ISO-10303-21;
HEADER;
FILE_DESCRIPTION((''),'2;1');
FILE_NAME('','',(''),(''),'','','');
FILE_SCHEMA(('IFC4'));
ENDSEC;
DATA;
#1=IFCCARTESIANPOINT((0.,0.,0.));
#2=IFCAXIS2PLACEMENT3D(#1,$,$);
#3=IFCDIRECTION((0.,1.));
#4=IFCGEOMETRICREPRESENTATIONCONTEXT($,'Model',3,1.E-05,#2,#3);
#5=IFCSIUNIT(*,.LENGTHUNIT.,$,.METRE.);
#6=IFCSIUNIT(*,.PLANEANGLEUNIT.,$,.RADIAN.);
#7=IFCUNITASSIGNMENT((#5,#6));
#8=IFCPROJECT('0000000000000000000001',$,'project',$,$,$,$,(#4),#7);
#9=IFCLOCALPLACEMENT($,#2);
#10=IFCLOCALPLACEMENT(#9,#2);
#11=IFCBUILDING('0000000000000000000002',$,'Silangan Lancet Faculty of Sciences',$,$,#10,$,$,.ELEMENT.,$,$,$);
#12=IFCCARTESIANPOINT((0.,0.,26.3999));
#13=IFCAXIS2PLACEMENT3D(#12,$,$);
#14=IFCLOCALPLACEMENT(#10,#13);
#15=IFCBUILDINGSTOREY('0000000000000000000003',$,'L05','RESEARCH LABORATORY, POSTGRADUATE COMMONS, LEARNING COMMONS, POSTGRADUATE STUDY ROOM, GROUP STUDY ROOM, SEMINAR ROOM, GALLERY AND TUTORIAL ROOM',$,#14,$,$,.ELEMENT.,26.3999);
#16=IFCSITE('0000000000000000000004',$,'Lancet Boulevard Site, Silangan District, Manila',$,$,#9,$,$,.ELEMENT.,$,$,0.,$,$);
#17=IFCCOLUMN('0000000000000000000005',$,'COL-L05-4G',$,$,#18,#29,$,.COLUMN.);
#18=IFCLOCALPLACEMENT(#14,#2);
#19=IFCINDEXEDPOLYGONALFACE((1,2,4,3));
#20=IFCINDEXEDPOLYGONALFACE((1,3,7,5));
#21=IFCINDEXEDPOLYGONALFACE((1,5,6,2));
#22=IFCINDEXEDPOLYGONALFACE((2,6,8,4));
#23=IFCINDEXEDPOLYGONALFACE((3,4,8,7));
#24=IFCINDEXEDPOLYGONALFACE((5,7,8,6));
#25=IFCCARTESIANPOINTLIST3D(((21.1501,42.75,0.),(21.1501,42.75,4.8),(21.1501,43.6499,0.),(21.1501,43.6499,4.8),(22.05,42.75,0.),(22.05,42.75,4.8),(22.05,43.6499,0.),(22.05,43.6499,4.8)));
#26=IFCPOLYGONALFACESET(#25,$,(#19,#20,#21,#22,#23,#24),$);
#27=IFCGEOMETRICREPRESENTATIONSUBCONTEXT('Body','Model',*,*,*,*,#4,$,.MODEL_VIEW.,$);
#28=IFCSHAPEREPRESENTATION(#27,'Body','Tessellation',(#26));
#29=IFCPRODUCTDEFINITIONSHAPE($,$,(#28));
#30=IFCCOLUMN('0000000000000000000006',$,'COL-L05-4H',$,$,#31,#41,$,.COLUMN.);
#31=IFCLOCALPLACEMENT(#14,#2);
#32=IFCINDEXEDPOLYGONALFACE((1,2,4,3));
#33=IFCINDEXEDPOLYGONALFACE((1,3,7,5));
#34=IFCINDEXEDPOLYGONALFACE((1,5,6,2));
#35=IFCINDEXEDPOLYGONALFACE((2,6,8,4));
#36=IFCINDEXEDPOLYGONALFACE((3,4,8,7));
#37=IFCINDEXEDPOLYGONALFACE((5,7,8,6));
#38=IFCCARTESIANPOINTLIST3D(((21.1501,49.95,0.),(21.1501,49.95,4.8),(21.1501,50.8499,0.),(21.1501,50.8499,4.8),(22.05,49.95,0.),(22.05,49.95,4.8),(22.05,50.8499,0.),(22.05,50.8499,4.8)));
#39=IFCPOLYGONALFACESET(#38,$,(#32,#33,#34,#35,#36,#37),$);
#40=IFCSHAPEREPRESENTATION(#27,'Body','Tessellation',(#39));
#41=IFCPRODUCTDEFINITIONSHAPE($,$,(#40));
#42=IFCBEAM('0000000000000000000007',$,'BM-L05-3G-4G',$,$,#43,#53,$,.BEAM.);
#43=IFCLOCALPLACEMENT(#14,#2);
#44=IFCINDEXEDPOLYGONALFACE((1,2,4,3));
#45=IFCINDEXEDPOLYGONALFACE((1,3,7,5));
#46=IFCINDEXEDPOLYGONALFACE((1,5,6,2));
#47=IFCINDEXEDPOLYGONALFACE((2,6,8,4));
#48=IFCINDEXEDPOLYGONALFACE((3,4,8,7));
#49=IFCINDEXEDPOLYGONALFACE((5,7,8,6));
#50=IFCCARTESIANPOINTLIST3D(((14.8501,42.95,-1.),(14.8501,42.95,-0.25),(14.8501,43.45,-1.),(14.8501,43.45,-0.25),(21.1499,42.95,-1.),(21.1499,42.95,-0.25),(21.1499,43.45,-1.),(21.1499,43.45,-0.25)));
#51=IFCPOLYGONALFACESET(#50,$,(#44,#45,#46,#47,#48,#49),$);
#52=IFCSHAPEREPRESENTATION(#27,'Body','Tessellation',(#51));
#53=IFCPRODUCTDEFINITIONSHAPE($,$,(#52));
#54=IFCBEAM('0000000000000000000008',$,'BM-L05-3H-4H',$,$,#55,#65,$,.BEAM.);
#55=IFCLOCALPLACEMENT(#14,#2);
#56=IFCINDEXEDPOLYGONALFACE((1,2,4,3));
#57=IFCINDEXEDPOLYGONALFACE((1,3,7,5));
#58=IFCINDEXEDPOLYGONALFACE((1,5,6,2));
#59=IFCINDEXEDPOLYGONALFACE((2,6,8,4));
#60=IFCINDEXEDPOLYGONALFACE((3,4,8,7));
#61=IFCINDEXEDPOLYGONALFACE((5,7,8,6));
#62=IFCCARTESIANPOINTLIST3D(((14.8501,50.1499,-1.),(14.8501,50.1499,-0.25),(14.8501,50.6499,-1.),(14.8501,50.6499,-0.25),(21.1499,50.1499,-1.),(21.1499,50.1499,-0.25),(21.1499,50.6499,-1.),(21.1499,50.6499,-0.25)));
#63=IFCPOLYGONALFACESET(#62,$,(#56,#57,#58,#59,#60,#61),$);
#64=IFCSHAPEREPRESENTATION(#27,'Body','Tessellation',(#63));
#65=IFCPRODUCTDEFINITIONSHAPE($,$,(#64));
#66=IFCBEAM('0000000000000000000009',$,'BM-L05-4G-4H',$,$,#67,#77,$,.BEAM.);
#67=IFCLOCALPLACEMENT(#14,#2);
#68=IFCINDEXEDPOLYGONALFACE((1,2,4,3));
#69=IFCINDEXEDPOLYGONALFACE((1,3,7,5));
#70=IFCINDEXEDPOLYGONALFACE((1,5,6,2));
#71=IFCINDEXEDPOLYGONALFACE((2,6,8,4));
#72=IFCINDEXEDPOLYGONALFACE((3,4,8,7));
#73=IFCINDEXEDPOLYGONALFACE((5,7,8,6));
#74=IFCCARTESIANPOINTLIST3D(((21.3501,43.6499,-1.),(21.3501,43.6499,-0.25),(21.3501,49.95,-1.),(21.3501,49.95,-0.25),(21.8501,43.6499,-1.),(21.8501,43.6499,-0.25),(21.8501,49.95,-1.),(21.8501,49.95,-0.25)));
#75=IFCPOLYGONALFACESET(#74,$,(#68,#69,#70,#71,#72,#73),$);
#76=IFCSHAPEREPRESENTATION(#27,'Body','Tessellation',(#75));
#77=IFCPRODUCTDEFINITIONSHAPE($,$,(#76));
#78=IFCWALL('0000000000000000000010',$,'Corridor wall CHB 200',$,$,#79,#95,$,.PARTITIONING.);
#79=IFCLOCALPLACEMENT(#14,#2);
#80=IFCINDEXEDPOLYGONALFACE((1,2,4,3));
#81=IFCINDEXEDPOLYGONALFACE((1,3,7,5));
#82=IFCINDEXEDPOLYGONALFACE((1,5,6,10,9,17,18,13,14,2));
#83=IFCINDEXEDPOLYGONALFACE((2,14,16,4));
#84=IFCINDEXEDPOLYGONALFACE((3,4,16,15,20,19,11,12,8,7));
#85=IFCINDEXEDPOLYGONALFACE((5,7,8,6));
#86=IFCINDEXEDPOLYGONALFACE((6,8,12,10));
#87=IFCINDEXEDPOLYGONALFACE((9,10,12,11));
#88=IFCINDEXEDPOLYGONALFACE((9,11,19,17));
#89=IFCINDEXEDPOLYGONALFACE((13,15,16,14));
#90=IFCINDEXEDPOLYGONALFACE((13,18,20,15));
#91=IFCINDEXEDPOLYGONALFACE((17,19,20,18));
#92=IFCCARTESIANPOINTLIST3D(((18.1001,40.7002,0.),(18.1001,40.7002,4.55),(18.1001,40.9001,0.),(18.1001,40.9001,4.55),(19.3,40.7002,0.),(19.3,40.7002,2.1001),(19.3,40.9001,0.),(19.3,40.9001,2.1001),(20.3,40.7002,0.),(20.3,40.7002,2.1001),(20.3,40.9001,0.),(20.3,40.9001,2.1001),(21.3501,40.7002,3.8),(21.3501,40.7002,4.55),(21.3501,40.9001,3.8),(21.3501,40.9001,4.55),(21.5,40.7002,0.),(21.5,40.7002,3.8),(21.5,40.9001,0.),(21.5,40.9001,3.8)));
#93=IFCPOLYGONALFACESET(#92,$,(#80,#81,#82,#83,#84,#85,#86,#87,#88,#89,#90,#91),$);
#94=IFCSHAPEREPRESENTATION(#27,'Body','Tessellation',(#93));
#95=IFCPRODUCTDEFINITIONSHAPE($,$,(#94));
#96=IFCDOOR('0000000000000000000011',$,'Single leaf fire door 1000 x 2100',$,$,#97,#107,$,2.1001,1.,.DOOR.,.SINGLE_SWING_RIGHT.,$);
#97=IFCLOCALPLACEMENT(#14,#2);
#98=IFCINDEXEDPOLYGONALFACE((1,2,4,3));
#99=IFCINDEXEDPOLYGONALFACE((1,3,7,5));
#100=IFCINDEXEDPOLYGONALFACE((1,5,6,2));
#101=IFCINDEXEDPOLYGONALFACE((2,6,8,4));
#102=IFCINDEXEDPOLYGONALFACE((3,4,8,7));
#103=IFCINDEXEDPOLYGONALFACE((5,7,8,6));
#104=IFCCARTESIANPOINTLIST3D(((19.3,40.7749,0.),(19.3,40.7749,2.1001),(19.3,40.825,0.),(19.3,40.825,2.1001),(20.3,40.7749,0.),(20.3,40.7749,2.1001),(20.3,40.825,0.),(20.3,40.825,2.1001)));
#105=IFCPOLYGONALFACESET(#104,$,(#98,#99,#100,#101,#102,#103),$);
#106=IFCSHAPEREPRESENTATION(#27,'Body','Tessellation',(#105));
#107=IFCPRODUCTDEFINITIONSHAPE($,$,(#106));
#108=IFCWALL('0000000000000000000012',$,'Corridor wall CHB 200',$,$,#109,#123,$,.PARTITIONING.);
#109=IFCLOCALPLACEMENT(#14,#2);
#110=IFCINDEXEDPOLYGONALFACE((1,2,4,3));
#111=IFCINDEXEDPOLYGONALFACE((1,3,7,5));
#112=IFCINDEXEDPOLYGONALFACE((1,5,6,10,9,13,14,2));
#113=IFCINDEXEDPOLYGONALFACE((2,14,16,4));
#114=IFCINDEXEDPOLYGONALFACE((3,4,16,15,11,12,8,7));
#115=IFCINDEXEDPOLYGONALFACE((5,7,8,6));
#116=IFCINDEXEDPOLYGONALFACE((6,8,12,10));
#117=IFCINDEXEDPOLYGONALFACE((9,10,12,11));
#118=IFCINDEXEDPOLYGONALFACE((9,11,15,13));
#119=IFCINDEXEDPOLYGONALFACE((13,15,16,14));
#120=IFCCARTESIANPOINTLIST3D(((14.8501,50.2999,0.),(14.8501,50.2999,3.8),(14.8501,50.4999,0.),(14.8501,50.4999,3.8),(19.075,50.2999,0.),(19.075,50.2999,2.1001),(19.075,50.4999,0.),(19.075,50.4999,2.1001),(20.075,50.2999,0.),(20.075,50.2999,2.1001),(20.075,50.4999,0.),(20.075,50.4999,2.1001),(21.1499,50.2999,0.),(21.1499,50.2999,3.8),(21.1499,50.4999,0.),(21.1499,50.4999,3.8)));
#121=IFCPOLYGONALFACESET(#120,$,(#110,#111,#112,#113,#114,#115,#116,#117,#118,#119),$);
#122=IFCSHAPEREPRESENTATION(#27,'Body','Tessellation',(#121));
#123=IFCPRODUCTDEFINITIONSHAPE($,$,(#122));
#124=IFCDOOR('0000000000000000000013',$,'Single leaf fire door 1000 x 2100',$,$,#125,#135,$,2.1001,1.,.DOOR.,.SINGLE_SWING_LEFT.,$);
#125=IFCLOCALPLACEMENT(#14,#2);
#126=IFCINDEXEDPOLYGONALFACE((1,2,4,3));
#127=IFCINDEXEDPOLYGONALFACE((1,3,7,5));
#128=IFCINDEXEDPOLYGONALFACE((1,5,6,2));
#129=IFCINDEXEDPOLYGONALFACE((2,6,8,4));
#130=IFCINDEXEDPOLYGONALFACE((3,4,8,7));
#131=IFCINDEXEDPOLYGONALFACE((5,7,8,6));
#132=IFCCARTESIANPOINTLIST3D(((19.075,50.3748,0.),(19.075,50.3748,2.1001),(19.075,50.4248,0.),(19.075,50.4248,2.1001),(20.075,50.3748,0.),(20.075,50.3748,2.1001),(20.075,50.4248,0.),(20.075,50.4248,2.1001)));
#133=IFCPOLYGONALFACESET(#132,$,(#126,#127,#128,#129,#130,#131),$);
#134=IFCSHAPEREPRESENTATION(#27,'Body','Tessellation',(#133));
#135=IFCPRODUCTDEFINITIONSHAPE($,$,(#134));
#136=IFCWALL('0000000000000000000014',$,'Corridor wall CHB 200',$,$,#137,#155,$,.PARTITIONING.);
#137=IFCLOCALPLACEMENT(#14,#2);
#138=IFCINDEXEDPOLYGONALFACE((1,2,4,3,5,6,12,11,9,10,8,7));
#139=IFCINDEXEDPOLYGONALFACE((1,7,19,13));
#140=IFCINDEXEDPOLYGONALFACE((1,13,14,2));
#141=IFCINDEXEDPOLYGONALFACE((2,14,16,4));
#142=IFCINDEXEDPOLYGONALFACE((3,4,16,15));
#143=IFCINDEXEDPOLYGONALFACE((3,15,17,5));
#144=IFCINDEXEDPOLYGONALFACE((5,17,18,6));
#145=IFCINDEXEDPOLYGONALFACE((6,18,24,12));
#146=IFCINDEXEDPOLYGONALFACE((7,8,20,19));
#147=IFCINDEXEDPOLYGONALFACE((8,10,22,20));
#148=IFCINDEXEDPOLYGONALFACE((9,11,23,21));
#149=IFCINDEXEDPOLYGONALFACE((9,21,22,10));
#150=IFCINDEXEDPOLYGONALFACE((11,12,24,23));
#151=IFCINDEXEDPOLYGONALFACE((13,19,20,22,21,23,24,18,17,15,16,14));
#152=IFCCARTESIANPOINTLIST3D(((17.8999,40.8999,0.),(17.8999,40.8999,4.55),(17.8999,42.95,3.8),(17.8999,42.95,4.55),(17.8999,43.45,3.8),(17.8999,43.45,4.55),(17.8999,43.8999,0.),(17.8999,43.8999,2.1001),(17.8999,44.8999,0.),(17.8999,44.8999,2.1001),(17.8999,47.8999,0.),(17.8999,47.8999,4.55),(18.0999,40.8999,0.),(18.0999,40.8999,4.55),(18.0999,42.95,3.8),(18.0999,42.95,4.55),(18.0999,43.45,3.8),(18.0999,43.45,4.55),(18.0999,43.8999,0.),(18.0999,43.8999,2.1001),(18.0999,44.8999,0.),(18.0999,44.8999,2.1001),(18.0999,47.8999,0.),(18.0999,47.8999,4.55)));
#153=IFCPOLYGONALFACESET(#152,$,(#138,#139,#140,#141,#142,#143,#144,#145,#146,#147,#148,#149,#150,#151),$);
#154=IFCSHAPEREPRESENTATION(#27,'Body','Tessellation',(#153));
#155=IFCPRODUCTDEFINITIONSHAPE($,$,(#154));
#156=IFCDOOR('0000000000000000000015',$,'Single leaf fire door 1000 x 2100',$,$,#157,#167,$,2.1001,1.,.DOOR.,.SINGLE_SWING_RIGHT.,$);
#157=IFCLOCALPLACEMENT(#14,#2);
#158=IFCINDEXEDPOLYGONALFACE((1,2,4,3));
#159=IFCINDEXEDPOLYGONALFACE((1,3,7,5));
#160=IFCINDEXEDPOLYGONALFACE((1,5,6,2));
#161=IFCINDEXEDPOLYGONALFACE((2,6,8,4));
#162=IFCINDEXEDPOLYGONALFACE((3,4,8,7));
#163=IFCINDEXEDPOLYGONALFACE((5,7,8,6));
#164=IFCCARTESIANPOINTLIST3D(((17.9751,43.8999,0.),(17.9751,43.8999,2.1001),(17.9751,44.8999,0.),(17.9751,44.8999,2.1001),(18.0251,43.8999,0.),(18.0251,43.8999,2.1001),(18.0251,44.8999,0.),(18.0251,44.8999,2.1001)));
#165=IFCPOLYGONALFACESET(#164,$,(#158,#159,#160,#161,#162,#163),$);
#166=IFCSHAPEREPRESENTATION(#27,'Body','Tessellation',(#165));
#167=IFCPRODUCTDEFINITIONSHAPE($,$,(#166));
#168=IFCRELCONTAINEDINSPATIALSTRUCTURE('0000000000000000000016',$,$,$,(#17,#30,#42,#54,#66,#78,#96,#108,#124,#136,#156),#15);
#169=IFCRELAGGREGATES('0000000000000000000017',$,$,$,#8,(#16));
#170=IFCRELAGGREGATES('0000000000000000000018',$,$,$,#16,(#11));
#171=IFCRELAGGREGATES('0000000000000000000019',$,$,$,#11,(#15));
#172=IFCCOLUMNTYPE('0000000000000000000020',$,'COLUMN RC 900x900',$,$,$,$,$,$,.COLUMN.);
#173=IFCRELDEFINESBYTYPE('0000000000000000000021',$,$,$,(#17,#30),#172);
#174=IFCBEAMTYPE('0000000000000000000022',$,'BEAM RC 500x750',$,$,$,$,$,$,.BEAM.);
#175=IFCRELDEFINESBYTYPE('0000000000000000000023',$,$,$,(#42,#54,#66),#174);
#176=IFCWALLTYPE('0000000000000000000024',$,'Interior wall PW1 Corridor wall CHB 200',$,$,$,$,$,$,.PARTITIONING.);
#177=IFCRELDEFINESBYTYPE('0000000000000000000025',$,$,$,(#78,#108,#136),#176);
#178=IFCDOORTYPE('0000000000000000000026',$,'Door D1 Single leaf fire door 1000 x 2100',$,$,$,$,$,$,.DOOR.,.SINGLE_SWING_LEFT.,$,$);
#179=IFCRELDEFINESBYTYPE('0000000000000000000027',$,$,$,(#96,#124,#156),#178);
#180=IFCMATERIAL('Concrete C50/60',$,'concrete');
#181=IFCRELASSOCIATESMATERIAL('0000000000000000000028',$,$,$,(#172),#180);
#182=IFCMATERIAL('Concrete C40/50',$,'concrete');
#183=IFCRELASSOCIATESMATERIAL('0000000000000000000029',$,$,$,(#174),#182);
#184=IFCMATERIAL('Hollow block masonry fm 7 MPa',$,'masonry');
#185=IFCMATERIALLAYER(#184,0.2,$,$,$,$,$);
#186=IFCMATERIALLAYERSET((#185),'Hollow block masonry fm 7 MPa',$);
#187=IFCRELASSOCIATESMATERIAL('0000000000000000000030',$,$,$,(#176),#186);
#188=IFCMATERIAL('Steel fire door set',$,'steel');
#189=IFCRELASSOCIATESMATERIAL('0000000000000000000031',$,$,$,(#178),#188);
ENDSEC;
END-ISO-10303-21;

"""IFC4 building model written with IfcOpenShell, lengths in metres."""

from ifc_helpers import new_model, si_unit, direction, frame, frame_2d, origin, origin_2d, place, context, subcontext, project, spatial, polyline, rectangle, outline, extrude, material, layer, layer_set, material_profile, profile_set, type_object, element, fill, save


model = new_model("IFC4")

# Units and contexts
model_context = context("Model", 3, precision=1e-05, world=origin(), true_north=direction((0.0, 1.0)))
body_context = subcontext(model_context, "Body", "Model", "MODEL_VIEW")
ifc_project = project(units=[si_unit("LENGTHUNIT", "METRE"), si_unit("PLANEANGLEUNIT", "RADIAN")], contexts=[model_context])

# Site, building, storey
site_placement = place(None, origin())
site = spatial("IfcSite", under=ifc_project, at=site_placement, Name="Lancet Boulevard Site, Silangan District, Manila", CompositionType="ELEMENT", RefElevation=0.0)
building_placement = place(site_placement, origin())
building = spatial("IfcBuilding", under=site, at=building_placement, Name="Silangan Lancet Faculty of Sciences", CompositionType="ELEMENT")
storey_placement = place(building_placement, frame((0.0, 0.0, 26.3999)))
storey = spatial("IfcBuildingStorey", under=building, at=storey_placement, Name="L05", Description="RESEARCH LABORATORY, POSTGRADUATE COMMONS, LEARNING COMMONS, POSTGRADUATE STUDY ROOM, GROUP STUDY ROOM, SEMINAR ROOM, GALLERY AND TUTORIAL ROOM", CompositionType="ELEMENT", Elevation=26.3999)

# Columns
ifc_material_1 = material(Name="Concrete C50/60", Category="concrete")
ifc_material_profile_1 = material_profile(ifc_material_1, rectangle(XDim=0.8999, YDim=0.8999, at=origin_2d()), Name="RC 900x900")
ifc_profile_set_1 = profile_set([ifc_material_profile_1], Name="Concrete C50/60")
column_type = type_object("IfcColumnType", Name="COLUMN RC 900x900", PredefinedType="COLUMN", material=ifc_profile_set_1)
for number, where, z_axis, x_axis, name in (
    (1, (21.6001, 43.2, 0.0), (0.0, 0.0, 1.0), (1.0, 0.0, 0.0), "COL-L05-4G"),
    (2, (21.6001, 50.3999, 0.0), (0.0, 0.0, 1.0), (1.0, 0.0, 0.0), "COL-L05-4H"),
):
    element("IfcColumn", number, at=place(storey_placement, frame(where, z_axis=z_axis, x_axis=x_axis)), inside=storey, type_object=column_type, Name=name, PredefinedType="COLUMN", context=body_context, shape_type="SweptSolid", body=[
        extrude(rectangle(XDim=0.8999, YDim=0.8999, at=origin_2d()), origin(), (0.0, 0.0, 1.0), 4.8),
    ])

# Beams
ifc_material_2 = material(Name="Concrete C40/50", Category="concrete")
ifc_material_profile_2 = material_profile(ifc_material_2, rectangle(XDim=0.5, YDim=0.75, at=origin_2d()), Name="RC 500x750")
ifc_profile_set_2 = profile_set([ifc_material_profile_2], Name="Concrete C40/50")
beam_type = type_object("IfcBeamType", Name="BEAM RC 500x750", PredefinedType="BEAM", material=ifc_profile_set_2)
for number, where, z_axis, x_axis, name in (
    (3, (14.8501, 43.2, -0.625), (1.0, 0.0, 0.0), (0.0, 1.0, 0.0), "BM-L05-3G-4G"),
    (4, (14.8501, 50.3999, -0.625), (1.0, 0.0, 0.0), (0.0, 1.0, 0.0), "BM-L05-3H-4H"),
):
    element("IfcBeam", number, at=place(storey_placement, frame(where, z_axis=z_axis, x_axis=x_axis)), inside=storey, type_object=beam_type, Name=name, PredefinedType="BEAM", context=body_context, shape_type="SweptSolid", body=[
        extrude(rectangle(XDim=0.5, YDim=0.75, at=origin_2d()), origin(), (0.0, 0.0, 1.0), 6.2998),
    ])
beam_placement = place(storey_placement, frame((21.6001, 43.6499, -0.625), z_axis=(0.0, 1.0, 0.0), x_axis=(-1.0, 0.0, 0.0)))
element("IfcBeam", 5, at=beam_placement, inside=storey, type_object=beam_type, Name="BM-L05-4G-4H", PredefinedType="BEAM", context=body_context, shape_type="SweptSolid", body=[
    extrude(rectangle(XDim=0.5, YDim=0.75, at=origin_2d()), origin(), (0.0, 0.0, 1.0), 6.3),
])

# Walls, openings, doors
ifc_material_3 = material(Name="Hollow block masonry fm 7 MPa", Category="masonry")
ifc_layer_1 = layer(ifc_material_3, 0.2)
ifc_layer_set_1 = layer_set([ifc_layer_1], Name="Hollow block masonry fm 7 MPa")
wall_type_1 = type_object("IfcWallType", Name="Interior wall PW1 Corridor wall CHB 200", PredefinedType="PARTITIONING", material=ifc_layer_set_1)
wall_1_placement = place(storey_placement, frame((18.1001, 40.8, 0.0), z_axis=(0.0, 0.0, 1.0), x_axis=(1.0, 0.0, 0.0)))
wall_1 = element("IfcWall", 6, at=wall_1_placement, inside=storey, type_object=wall_type_1, Name="Corridor wall CHB 200", PredefinedType="PARTITIONING", context=body_context, shape_type="SweptSolid", body=[
    extrude(outline(polyline([(0.0, 0.0), (3.3999, 0.0), (3.3999, 3.8), (3.25, 3.8), (3.25, 4.55), (0.0, 4.55), (0.0, 0.0)])), frame((0.0, 0.1001, 0.0), z_axis=(0.0, -1.0, 0.0), x_axis=(1.0, 0.0, 0.0)), (0.0, 0.0, 1.0), 0.2),
])
opening_1_placement = place(wall_1_placement, frame((1.2, 0.0, 0.0)))
opening_1 = element("IfcOpeningElement", 7, at=opening_1_placement, cuts=wall_1, PredefinedType="OPENING", context=body_context, shape_type="SweptSolid", body=[
    extrude(rectangle(XDim=1.0, YDim=2.1001, at=frame_2d((0.5, 1.05))), frame((0.0, 0.1099, 0.0), z_axis=(0.0, -1.0, 0.0), x_axis=(1.0, 0.0, 0.0)), (0.0, 0.0, 1.0), 0.22),
])
ifc_material_4 = material(Name="Steel fire door set", Category="steel")
door_type_1 = type_object("IfcDoorType", Name="Door D1 Single leaf fire door 1000 x 2100", OperationType="SINGLE_SWING_LEFT", PredefinedType="DOOR", material=ifc_material_4)
door_1_placement = place(opening_1_placement, frame((1.0, 0.0, 0.0), z_axis=(0.0, 0.0, 1.0), x_axis=(-1.0, 0.0, 0.0)))
door_1 = element("IfcDoor", 8, at=door_1_placement, inside=storey, type_object=door_type_1, Name="Single leaf fire door 1000 x 2100", OperationType="SINGLE_SWING_RIGHT", OverallHeight=2.1001, OverallWidth=1.0, PredefinedType="DOOR", context=body_context, shape_type="SweptSolid", body=[
    extrude(rectangle(XDim=1.0, YDim=2.1001, at=frame_2d((0.5, 1.05))), frame((0.0, 0.0251, 0.0), z_axis=(0.0, -1.0, 0.0), x_axis=(1.0, 0.0, 0.0)), (0.0, 0.0, 1.0), 0.05),
])
fill(opening_1, door_1)
wall_2_placement = place(storey_placement, frame((14.8501, 50.3999, 0.0), z_axis=(0.0, 0.0, 1.0), x_axis=(1.0, 0.0, 0.0)))
wall_2 = element("IfcWall", 9, at=wall_2_placement, inside=storey, type_object=wall_type_1, Name="Corridor wall CHB 200", PredefinedType="PARTITIONING", context=body_context, shape_type="SweptSolid", body=[
    extrude(rectangle(XDim=6.2998, YDim=0.2, at=frame_2d((3.1499, 0.0))), origin(), (0.0, 0.0, 1.0), 3.8),
])
opening_2_placement = place(wall_2_placement, frame((4.2249, 0.0, 0.0)))
opening_2 = element("IfcOpeningElement", 10, at=opening_2_placement, cuts=wall_2, PredefinedType="OPENING", context=body_context, shape_type="SweptSolid", body=[
    extrude(rectangle(XDim=1.0, YDim=2.1001, at=frame_2d((0.5, 1.05))), frame((0.0, 0.1099, 0.0), z_axis=(0.0, -1.0, 0.0), x_axis=(1.0, 0.0, 0.0)), (0.0, 0.0, 1.0), 0.22),
])
door_2_placement = place(opening_2_placement, origin())
door_2 = element("IfcDoor", 11, at=door_2_placement, inside=storey, type_object=door_type_1, Name="Single leaf fire door 1000 x 2100", OperationType="SINGLE_SWING_LEFT", OverallHeight=2.1001, OverallWidth=1.0, PredefinedType="DOOR", context=body_context, shape_type="SweptSolid", body=[
    extrude(rectangle(XDim=1.0, YDim=2.1001, at=frame_2d((0.5, 1.05))), frame((0.0, 0.0249, 0.0), z_axis=(0.0, -1.0, 0.0), x_axis=(1.0, 0.0, 0.0)), (0.0, 0.0, 1.0), 0.05),
])
fill(opening_2, door_2)
wall_3_placement = place(storey_placement, frame((18.0, 40.8999, 0.0), z_axis=(0.0, 0.0, 1.0), x_axis=(0.0, 1.0, 0.0)))
wall_3 = element("IfcWall", 12, at=wall_3_placement, inside=storey, type_object=wall_type_1, Name="Corridor wall CHB 200", PredefinedType="PARTITIONING", context=body_context, shape_type="SweptSolid", body=[
    extrude(outline(polyline([(0.0, 0.0), (7.0, 0.0), (7.0, 4.55), (2.55, 4.55), (2.55, 3.8), (2.05, 3.8), (2.05, 4.55), (0.0, 4.55), (0.0, 0.0)])), frame((0.0, 0.1001, 0.0), z_axis=(0.0, -1.0, 0.0), x_axis=(1.0, 0.0, 0.0)), (0.0, 0.0, 1.0), 0.2),
])
opening_3_placement = place(wall_3_placement, frame((3.0, 0.0, 0.0)))
opening_3 = element("IfcOpeningElement", 13, at=opening_3_placement, cuts=wall_3, PredefinedType="OPENING", context=body_context, shape_type="SweptSolid", body=[
    extrude(rectangle(XDim=1.0, YDim=2.1001, at=frame_2d((0.5, 1.05))), frame((0.0, 0.1099, 0.0), z_axis=(0.0, -1.0, 0.0), x_axis=(1.0, 0.0, 0.0)), (0.0, 0.0, 1.0), 0.22),
])
door_3_placement = place(opening_3_placement, origin())
door_3 = element("IfcDoor", 14, at=door_3_placement, inside=storey, type_object=door_type_1, Name="Single leaf fire door 1000 x 2100", OperationType="SINGLE_SWING_RIGHT", OverallHeight=2.1001, OverallWidth=1.0, PredefinedType="DOOR", context=body_context, shape_type="SweptSolid", body=[
    extrude(rectangle(XDim=1.0, YDim=2.1001, at=frame_2d((0.5, 1.05))), frame((0.0, 0.0249, 0.0), z_axis=(0.0, -1.0, 0.0), x_axis=(1.0, 0.0, 0.0)), (0.0, 0.0, 1.0), 0.05),
])
fill(opening_3, door_3)

save(model, "model.ifc")
